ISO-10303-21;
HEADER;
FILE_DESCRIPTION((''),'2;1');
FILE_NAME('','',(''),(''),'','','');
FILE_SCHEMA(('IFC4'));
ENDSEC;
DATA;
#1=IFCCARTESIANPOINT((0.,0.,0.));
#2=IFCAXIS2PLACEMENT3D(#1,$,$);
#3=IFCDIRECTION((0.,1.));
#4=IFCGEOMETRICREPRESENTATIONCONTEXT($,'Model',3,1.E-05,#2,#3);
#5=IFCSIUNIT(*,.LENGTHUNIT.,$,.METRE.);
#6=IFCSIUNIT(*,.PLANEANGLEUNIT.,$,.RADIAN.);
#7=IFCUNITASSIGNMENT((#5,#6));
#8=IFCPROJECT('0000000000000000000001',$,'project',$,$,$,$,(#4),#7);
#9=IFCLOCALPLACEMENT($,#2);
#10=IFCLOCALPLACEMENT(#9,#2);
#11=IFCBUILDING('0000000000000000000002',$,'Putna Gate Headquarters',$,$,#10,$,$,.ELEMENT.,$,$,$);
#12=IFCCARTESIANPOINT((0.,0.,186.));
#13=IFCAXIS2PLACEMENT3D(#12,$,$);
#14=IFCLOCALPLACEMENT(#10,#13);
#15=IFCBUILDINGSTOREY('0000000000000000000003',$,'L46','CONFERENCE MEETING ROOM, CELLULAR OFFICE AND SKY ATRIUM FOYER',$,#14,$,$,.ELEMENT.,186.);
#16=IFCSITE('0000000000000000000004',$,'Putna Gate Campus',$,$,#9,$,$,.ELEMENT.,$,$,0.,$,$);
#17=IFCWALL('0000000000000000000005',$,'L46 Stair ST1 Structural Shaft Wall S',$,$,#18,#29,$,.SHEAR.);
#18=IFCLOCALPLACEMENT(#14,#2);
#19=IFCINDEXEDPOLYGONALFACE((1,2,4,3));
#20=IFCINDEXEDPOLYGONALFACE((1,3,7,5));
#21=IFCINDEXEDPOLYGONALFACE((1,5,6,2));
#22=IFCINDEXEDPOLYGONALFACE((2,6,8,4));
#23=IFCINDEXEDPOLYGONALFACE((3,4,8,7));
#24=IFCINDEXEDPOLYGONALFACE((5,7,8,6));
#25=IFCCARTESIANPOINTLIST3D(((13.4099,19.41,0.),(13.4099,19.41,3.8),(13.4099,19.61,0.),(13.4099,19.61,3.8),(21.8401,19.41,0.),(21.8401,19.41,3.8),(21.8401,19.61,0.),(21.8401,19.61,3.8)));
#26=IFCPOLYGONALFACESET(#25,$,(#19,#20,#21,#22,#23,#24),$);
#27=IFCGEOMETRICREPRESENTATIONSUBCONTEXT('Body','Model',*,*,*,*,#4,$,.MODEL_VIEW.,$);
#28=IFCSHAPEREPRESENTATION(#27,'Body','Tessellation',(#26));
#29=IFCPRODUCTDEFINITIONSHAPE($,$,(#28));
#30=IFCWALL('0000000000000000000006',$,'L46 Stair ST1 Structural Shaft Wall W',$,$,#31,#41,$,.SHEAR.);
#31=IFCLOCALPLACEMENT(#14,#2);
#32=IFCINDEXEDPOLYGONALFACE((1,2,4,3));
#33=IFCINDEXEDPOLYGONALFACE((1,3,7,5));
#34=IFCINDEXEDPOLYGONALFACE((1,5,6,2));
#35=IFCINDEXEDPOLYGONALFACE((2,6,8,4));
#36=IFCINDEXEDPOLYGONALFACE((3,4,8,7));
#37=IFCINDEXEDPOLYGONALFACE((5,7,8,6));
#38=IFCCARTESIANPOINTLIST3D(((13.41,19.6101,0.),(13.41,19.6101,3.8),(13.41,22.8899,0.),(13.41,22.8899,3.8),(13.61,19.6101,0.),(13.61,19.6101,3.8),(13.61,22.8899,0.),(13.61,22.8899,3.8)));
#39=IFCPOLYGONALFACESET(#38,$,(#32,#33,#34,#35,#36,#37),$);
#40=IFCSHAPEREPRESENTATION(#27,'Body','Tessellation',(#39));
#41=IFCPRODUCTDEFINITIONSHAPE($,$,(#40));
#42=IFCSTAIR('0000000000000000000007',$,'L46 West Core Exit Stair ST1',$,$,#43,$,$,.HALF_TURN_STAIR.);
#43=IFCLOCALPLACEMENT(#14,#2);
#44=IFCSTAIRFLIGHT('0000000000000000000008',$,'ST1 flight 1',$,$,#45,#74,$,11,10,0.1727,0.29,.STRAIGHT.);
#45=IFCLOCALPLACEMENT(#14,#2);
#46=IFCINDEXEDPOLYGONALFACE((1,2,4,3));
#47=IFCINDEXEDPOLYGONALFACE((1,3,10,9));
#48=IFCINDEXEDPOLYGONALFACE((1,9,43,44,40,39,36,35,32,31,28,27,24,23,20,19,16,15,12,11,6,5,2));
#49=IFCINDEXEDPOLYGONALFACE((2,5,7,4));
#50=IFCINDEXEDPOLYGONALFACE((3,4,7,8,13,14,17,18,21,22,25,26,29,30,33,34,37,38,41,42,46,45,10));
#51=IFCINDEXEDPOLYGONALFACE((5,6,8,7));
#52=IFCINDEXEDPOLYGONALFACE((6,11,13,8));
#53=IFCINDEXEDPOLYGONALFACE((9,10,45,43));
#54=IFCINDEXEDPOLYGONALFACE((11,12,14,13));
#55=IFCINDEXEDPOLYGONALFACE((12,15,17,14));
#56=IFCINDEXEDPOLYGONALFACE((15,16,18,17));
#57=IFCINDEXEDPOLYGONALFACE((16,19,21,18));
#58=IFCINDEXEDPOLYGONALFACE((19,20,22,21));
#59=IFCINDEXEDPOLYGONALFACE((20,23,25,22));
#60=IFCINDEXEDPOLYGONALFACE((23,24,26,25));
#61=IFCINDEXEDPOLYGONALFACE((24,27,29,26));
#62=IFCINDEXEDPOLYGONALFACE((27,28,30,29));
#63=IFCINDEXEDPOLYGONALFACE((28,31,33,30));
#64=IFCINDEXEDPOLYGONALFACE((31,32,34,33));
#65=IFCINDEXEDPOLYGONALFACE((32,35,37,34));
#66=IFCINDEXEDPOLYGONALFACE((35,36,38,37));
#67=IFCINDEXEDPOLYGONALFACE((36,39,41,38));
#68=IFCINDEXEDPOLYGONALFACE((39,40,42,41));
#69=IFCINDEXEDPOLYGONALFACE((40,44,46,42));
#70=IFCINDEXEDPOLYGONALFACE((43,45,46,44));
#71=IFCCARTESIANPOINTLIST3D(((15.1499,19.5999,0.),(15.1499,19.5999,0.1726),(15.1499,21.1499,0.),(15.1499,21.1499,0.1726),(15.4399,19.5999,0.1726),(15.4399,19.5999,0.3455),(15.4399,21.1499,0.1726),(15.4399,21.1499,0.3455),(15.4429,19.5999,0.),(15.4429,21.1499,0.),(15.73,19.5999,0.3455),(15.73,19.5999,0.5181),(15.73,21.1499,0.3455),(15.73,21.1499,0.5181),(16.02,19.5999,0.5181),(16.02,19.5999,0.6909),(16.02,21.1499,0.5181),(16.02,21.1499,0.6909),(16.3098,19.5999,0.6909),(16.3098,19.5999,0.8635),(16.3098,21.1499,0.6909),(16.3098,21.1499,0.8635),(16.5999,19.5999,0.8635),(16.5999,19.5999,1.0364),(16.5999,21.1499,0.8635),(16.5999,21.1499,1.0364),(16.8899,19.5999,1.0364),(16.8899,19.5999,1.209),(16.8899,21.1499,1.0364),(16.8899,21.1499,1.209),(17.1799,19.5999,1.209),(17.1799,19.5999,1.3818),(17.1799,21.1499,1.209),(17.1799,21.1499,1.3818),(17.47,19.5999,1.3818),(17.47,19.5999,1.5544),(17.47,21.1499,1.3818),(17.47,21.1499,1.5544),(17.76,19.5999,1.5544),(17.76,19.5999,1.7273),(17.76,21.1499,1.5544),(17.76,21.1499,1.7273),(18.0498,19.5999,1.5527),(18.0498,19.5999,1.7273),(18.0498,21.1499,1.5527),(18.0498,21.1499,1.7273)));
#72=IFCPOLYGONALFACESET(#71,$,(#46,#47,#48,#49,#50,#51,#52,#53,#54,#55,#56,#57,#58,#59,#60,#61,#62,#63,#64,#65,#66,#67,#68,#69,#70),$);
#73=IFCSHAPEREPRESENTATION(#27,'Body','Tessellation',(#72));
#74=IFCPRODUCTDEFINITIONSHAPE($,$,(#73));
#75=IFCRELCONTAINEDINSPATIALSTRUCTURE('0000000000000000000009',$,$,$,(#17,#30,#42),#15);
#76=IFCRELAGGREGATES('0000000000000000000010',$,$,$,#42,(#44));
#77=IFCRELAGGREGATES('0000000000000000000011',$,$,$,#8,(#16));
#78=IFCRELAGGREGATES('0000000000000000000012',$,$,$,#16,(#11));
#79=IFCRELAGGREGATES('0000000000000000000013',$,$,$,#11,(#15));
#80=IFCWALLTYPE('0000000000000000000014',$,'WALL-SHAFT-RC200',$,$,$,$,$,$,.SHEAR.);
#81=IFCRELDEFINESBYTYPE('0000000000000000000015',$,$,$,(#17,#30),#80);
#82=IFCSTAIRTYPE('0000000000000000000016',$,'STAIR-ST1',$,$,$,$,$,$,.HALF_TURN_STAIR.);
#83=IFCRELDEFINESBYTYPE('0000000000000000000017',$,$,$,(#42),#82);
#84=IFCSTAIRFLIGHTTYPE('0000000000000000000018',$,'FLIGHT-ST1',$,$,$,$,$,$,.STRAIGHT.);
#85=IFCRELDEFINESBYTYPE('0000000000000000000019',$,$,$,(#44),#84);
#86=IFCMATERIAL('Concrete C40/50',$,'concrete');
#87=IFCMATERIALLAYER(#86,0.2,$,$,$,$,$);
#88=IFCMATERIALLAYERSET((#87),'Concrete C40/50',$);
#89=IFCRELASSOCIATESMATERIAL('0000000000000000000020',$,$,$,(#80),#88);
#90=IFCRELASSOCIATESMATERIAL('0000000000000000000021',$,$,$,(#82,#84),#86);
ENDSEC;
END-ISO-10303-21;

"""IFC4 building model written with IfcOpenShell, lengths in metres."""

from ifc_helpers import new_model, si_unit, direction, frame, frame_2d, origin, place, context, subcontext, project, spatial, polyline, rectangle, outline, extrude, material, layer, layer_set, type_object, element, aggregate, save


model = new_model("IFC4")

# Units and contexts
model_context = context("Model", 3, precision=1e-05, world=origin(), true_north=direction((0.0, 1.0)))
body_context = subcontext(model_context, "Body", "Model", "MODEL_VIEW")
ifc_project = project(units=[si_unit("LENGTHUNIT", "METRE"), si_unit("PLANEANGLEUNIT", "RADIAN")], contexts=[model_context])

# Site, building, storey
site_placement = place(None, origin())
site = spatial("IfcSite", under=ifc_project, at=site_placement, Name="Putna Gate Campus", CompositionType="ELEMENT", RefElevation=0.0)
building_placement = place(site_placement, origin())
building = spatial("IfcBuilding", under=site, at=building_placement, Name="Putna Gate Headquarters", CompositionType="ELEMENT")
storey_placement = place(building_placement, frame((0.0, 0.0, 186.0)))
storey = spatial("IfcBuildingStorey", under=building, at=storey_placement, Name="L46", Description="CONFERENCE MEETING ROOM, CELLULAR OFFICE AND SKY ATRIUM FOYER", CompositionType="ELEMENT", Elevation=186.0)

# Walls
ifc_material_1 = material(Name="Concrete C40/50", Category="concrete")
ifc_layer_1 = layer(ifc_material_1, 0.2)
ifc_layer_set_1 = layer_set([ifc_layer_1], Name="Concrete C40/50")
wall_type_1 = type_object("IfcWallType", Name="WALL-SHAFT-RC200", PredefinedType="SHEAR", material=ifc_layer_set_1)
wall_1_placement = place(storey_placement, frame((13.4099, 19.51, 0.0), z_axis=(0.0, 0.0, 1.0), x_axis=(1.0, 0.0, 0.0)))
element("IfcWall", 1, at=wall_1_placement, inside=storey, type_object=wall_type_1, Name="L46 Stair ST1 Structural Shaft Wall S", PredefinedType="SHEAR", context=body_context, shape_type="SweptSolid", body=[
    extrude(rectangle(XDim=8.4302, YDim=0.2, at=frame_2d((4.2151, 0.0))), origin(), (0.0, 0.0, 1.0), 3.8),
])
wall_2_placement = place(storey_placement, frame((13.51, 19.6101, 0.0), z_axis=(0.0, 0.0, 1.0), x_axis=(0.0, 1.0, 0.0)))
element("IfcWall", 2, at=wall_2_placement, inside=storey, type_object=wall_type_1, Name="L46 Stair ST1 Structural Shaft Wall W", PredefinedType="SHEAR", context=body_context, shape_type="SweptSolid", body=[
    extrude(rectangle(XDim=3.2798, YDim=0.2, at=frame_2d((1.6399, 0.0))), origin(), (0.0, 0.0, 1.0), 3.8),
])

# Stair, stair flight
stair_type = type_object("IfcStairType", Name="STAIR-ST1", PredefinedType="HALF_TURN_STAIR", material=ifc_material_1)
stair_placement = place(storey_placement, origin())
stair = element("IfcStair", 3, at=stair_placement, inside=storey, type_object=stair_type, Name="L46 West Core Exit Stair ST1", PredefinedType="HALF_TURN_STAIR")
stair_flight_type = type_object("IfcStairFlightType", Name="FLIGHT-ST1", PredefinedType="STRAIGHT", material=ifc_material_1)
stair_flight_placement = place(storey_placement, frame((15.1499, 20.375, 0.0), z_axis=(0.0, 0.0, 1.0), x_axis=(1.0, 0.0, 0.0)))
stair_flight = element("IfcStairFlight", 4, at=stair_flight_placement, type_object=stair_flight_type, Name="ST1 flight 1", NumberOfRisers=11, NumberOfTreads=10, PredefinedType="STRAIGHT", RiserHeight=0.1727, TreadLength=0.29, context=body_context, shape_type="SweptSolid", body=[
    extrude(outline(polyline([(0.0, 0.0), (0.0, 0.1726), (0.29, 0.1726), (0.29, 0.3455), (0.5801, 0.3455), (0.5801, 0.5181), (0.8701, 0.5181), (0.8701, 0.6909), (1.1599, 0.6909), (1.1599, 0.8635), (1.45, 0.8635), (1.45, 1.0364), (1.74, 1.0364), (1.74, 1.209), (2.03, 1.209), (2.03, 1.3818), (2.3201, 1.3818), (2.3201, 1.5544), (2.6101, 1.5544), (2.6101, 1.7273), (2.8999, 1.7273), (2.8999, 1.8999), (2.8999, 1.5527), (0.293, 0.0), (0.0, 0.0)])), frame((0.0, 0.7749, 0.0), z_axis=(0.0, -1.0, 0.0), x_axis=(1.0, 0.0, 0.0)), (0.0, 0.0, 1.0), 1.55),
])
aggregate(stair, [stair_flight])

save(model, "model.ifc")
